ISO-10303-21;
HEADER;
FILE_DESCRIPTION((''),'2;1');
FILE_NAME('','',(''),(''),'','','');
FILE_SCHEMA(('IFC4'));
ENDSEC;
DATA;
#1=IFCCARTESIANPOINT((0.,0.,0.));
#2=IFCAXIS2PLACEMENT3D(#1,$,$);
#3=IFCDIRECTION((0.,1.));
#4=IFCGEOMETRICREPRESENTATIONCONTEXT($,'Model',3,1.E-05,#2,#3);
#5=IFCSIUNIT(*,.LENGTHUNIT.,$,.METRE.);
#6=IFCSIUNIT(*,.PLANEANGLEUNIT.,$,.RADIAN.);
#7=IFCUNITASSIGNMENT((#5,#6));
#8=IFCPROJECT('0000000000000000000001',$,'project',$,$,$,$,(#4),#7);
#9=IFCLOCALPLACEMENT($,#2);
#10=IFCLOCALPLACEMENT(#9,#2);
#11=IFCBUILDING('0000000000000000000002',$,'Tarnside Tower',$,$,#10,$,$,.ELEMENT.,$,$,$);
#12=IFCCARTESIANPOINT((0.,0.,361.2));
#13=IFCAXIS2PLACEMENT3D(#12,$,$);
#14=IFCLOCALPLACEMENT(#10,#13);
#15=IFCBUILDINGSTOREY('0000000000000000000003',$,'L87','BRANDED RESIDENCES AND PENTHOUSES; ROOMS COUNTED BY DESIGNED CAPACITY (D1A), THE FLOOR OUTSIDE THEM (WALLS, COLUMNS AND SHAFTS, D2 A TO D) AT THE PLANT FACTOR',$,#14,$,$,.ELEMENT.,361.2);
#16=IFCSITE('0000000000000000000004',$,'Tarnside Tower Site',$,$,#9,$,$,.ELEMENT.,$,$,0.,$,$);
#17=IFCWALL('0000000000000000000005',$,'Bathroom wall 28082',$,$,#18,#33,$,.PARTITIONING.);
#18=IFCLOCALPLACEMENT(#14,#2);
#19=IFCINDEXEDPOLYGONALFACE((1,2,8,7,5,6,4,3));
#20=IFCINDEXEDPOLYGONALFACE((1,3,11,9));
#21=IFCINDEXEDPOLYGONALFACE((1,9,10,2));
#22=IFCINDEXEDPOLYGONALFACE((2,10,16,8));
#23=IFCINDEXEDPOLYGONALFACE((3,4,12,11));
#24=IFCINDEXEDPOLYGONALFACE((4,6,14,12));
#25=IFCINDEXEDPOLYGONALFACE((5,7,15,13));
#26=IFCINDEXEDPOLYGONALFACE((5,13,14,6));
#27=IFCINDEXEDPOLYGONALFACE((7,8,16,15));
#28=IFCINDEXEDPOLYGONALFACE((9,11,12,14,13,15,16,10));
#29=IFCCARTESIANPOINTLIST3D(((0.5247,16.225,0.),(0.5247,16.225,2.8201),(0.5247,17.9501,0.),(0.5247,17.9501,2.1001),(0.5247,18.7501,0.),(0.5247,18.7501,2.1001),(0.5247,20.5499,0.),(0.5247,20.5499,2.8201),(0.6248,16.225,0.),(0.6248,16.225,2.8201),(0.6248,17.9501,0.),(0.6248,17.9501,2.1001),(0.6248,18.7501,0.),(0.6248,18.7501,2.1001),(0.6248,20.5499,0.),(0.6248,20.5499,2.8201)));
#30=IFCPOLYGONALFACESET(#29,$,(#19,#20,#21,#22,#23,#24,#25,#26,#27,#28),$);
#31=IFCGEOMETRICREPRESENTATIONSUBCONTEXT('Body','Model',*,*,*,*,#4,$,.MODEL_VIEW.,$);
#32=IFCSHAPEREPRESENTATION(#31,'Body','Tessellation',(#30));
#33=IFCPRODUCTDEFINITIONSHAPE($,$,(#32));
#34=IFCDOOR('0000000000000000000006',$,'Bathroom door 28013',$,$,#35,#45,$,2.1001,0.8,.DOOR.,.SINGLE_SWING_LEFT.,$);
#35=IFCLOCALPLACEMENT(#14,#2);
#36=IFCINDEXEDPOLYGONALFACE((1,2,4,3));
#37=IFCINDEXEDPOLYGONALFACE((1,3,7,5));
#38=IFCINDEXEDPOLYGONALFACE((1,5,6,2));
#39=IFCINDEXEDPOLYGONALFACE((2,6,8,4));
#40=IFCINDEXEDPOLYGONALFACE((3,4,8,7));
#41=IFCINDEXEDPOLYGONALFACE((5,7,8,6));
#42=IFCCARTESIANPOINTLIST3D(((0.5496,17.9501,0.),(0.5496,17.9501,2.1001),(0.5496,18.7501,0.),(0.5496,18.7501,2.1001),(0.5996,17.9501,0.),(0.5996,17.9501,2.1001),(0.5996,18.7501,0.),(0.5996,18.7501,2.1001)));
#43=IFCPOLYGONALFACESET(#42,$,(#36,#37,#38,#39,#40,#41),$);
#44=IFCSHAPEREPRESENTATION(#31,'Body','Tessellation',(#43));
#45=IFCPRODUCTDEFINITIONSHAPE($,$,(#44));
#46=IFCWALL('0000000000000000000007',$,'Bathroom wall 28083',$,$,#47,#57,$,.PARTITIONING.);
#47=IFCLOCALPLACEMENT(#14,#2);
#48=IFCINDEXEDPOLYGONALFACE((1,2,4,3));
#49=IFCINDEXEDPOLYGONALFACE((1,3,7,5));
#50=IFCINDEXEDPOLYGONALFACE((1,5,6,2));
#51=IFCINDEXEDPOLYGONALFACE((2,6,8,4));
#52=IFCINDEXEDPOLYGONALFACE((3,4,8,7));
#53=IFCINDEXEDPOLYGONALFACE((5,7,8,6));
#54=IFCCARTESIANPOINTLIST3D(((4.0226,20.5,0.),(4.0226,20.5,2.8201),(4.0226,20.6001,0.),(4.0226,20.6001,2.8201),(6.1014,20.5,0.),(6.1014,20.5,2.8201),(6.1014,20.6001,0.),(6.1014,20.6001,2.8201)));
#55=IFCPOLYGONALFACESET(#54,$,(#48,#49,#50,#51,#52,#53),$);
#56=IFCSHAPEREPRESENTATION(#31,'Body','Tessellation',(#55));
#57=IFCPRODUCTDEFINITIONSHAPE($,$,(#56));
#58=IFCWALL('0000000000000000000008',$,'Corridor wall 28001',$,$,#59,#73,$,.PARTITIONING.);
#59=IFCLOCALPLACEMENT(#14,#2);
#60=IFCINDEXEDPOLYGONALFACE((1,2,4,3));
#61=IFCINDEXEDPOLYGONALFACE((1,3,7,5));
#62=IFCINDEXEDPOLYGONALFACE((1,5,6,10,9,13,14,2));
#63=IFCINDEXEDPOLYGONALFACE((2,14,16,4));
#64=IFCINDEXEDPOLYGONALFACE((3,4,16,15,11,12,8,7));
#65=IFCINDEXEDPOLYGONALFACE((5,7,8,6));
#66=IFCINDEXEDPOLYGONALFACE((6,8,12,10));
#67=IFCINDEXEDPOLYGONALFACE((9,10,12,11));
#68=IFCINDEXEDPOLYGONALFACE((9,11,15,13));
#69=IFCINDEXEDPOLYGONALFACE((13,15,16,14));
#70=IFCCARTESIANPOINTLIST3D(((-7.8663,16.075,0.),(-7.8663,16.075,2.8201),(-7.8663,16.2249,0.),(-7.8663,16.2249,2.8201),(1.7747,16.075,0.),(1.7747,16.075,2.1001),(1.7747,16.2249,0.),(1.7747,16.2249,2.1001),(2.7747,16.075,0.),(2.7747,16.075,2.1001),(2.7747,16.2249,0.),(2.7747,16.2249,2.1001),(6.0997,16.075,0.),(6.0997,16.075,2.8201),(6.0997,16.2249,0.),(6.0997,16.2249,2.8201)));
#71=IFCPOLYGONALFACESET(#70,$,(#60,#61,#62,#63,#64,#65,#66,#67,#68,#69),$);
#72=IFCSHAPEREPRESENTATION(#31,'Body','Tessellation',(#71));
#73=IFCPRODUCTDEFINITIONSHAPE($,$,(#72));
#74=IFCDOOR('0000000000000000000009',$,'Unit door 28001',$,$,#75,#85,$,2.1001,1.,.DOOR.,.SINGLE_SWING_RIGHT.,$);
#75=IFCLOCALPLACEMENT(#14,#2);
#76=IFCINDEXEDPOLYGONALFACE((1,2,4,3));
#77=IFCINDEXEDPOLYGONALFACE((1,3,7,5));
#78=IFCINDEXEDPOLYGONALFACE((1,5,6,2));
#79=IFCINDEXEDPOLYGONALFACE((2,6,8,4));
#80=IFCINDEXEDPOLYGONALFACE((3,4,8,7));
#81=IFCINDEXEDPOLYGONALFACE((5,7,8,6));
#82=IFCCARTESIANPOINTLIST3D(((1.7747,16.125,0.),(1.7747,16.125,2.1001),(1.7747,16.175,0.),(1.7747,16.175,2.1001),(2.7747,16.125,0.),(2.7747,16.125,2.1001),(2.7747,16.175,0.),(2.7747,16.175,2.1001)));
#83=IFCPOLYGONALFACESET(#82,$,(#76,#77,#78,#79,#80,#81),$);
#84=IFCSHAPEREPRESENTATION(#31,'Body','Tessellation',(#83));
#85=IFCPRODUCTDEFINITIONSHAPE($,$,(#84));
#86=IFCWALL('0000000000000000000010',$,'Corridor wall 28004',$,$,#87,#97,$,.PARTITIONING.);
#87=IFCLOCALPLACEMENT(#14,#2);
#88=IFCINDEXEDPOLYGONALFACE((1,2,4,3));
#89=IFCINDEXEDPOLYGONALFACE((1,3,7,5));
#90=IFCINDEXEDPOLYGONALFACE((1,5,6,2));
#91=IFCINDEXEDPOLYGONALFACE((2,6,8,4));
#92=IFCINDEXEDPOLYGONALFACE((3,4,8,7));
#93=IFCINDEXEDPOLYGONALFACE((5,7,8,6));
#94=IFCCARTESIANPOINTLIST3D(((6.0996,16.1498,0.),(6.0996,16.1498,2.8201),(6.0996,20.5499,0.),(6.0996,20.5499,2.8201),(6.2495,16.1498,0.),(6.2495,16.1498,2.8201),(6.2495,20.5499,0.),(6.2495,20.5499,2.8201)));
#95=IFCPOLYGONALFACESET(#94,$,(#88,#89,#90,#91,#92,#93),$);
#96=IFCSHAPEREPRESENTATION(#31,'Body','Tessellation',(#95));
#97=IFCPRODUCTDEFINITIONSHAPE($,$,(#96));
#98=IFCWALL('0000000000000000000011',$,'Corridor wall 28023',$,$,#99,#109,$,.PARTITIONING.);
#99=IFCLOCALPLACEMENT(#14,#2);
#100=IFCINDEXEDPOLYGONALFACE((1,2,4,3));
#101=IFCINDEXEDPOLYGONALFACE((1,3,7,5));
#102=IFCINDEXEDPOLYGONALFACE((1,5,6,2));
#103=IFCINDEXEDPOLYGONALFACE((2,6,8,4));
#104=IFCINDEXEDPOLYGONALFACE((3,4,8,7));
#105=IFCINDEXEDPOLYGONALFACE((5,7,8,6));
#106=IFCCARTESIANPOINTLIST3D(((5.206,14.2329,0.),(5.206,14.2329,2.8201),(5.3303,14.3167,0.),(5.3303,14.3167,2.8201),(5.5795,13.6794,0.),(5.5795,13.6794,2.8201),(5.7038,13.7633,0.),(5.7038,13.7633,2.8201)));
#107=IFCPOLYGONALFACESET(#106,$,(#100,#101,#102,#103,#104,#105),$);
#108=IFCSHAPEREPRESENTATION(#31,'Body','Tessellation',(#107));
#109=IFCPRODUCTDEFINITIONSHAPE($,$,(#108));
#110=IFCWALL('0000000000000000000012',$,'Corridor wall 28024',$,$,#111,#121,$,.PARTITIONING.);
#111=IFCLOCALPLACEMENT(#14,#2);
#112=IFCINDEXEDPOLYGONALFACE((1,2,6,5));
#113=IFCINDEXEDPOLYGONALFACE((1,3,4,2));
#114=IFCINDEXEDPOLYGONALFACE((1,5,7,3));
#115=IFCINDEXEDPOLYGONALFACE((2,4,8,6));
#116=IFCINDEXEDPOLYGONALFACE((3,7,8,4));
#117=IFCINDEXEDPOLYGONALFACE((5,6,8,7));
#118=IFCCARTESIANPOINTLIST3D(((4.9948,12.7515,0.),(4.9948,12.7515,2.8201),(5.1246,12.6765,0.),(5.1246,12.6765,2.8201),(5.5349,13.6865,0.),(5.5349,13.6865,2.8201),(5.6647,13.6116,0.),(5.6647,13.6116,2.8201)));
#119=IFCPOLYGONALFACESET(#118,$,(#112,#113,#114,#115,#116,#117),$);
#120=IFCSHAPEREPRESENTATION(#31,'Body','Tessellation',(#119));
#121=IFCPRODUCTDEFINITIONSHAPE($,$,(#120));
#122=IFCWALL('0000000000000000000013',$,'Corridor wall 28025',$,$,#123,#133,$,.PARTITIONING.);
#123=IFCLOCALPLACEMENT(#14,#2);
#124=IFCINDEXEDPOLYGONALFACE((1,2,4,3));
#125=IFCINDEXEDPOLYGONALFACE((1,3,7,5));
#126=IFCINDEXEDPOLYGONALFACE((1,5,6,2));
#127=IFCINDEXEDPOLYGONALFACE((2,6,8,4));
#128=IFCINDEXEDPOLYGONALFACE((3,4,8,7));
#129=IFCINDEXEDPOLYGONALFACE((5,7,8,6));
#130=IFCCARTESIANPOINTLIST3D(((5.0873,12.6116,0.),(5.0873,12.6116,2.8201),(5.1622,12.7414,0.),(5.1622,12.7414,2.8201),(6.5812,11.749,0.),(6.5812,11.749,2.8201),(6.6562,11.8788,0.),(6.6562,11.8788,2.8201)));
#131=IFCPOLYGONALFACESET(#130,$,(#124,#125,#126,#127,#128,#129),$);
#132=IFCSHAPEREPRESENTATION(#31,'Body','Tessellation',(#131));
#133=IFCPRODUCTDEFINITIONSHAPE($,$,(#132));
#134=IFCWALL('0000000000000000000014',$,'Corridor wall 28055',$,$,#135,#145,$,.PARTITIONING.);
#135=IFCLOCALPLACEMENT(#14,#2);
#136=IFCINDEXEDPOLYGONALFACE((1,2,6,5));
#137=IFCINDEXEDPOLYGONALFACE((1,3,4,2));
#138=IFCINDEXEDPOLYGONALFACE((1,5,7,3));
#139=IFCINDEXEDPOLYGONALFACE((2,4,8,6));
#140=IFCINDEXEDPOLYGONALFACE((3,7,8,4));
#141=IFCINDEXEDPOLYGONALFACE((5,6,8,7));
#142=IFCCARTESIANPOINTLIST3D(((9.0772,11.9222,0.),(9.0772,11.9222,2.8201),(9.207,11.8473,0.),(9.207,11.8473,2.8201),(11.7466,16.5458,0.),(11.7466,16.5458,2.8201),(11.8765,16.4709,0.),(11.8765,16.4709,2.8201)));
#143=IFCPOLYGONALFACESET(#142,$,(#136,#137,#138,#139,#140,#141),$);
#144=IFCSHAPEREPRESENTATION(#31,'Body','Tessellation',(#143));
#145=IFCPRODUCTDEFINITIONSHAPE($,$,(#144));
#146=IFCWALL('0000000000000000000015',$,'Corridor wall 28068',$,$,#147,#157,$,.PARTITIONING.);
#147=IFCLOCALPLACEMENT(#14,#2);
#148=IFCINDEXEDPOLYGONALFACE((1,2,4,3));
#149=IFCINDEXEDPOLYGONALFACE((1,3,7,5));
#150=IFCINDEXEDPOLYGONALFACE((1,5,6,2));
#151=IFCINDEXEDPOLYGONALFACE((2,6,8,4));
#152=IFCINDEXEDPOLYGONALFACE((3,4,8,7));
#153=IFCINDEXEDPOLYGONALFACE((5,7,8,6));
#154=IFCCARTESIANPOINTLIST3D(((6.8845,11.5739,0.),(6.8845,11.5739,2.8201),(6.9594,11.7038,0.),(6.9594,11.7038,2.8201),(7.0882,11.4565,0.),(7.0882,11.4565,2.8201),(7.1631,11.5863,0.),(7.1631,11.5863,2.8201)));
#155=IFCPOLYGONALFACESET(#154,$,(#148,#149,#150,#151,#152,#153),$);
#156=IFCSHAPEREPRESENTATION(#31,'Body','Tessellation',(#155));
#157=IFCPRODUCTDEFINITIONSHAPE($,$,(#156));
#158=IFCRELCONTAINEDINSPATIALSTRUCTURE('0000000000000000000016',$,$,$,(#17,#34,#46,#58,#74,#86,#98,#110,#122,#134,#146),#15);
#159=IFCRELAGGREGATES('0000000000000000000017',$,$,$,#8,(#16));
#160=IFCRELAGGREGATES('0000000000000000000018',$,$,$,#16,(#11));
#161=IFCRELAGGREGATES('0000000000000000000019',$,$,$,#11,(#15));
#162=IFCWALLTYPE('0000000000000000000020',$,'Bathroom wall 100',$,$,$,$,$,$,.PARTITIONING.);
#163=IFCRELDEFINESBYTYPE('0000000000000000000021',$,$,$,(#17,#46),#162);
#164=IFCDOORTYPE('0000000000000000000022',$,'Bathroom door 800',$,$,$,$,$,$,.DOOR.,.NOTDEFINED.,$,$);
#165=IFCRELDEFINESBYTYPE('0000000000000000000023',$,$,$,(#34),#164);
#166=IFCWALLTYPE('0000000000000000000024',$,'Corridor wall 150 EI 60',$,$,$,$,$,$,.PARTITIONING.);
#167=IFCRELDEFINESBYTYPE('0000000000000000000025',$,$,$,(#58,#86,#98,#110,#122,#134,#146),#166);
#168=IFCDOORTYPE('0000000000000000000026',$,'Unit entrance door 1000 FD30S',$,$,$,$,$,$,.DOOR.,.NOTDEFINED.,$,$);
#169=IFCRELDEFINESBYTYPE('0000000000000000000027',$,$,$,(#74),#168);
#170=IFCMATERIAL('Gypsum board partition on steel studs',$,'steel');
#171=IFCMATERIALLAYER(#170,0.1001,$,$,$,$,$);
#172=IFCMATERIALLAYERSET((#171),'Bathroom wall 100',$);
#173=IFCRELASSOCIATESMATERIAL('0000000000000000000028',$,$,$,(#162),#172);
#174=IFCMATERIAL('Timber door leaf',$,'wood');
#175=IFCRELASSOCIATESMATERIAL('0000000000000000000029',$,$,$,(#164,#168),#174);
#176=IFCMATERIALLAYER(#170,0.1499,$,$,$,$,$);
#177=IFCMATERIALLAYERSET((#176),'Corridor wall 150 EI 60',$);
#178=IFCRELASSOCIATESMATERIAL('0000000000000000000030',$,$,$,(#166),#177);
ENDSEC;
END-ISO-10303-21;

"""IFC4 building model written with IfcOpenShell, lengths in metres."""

from ifc_helpers import new_model, si_unit, direction, frame, frame_2d, origin, place, context, subcontext, project, spatial, rectangle, extrude, material, layer, layer_set, type_object, element, fill, save


model = new_model("IFC4")

# Units and contexts
model_context = context("Model", 3, precision=1e-05, world=origin(), true_north=direction((0.0, 1.0)))
body_context = subcontext(model_context, "Body", "Model", "MODEL_VIEW")
ifc_project = project(units=[si_unit("LENGTHUNIT", "METRE"), si_unit("PLANEANGLEUNIT", "RADIAN")], contexts=[model_context])

# Site, building, storey
site_placement = place(None, origin())
site = spatial("IfcSite", under=ifc_project, at=site_placement, Name="Tarnside Tower Site", CompositionType="ELEMENT", RefElevation=0.0)
building_placement = place(site_placement, origin())
building = spatial("IfcBuilding", under=site, at=building_placement, Name="Tarnside Tower", CompositionType="ELEMENT")
storey_placement = place(building_placement, frame((0.0, 0.0, 361.2)))
storey = spatial("IfcBuildingStorey", under=building, at=storey_placement, Name="L87", Description="BRANDED RESIDENCES AND PENTHOUSES; ROOMS COUNTED BY DESIGNED CAPACITY (D1A), THE FLOOR OUTSIDE THEM (WALLS, COLUMNS AND SHAFTS, D2 A TO D) AT THE PLANT FACTOR", CompositionType="ELEMENT", Elevation=361.2)

# Wall, opening, door
ifc_material_1 = material(Name="Gypsum board partition on steel studs", Category="steel")
ifc_layer_1 = layer(ifc_material_1, 0.1001)
ifc_layer_set_1 = layer_set([ifc_layer_1], Name="Bathroom wall 100")
wall_type_1 = type_object("IfcWallType", Name="Bathroom wall 100", PredefinedType="PARTITIONING", material=ifc_layer_set_1)
ifc_material_2 = material(Name="Timber door leaf", Category="wood")
door_type_1 = type_object("IfcDoorType", Name="Bathroom door 800", OperationType="NOTDEFINED", PredefinedType="DOOR", material=ifc_material_2)
wall_1_placement = place(storey_placement, frame((0.5747, 20.55, 0.0), z_axis=(0.0, 0.0, 1.0), x_axis=(0.0, -1.0, 0.0)))
wall_1 = element("IfcWall", 1, at=wall_1_placement, inside=storey, type_object=wall_type_1, Name="Bathroom wall 28082", PredefinedType="PARTITIONING", context=body_context, shape_type="SweptSolid", body=[
    extrude(rectangle(XDim=4.325, YDim=0.1001, at=frame_2d((2.1626, 0.0))), origin(), (0.0, 0.0, 1.0), 2.8201),
])
opening_1_placement = place(wall_1_placement, frame((1.8, 0.0, 0.0)))
opening_1 = element("IfcOpeningElement", 2, at=opening_1_placement, cuts=wall_1, PredefinedType="OPENING", context=body_context, shape_type="SweptSolid", body=[
    extrude(rectangle(XDim=0.8, YDim=2.1001, at=frame_2d((0.3999, 1.05))), frame((0.0, 0.0601, 0.0), z_axis=(0.0, -1.0, 0.0), x_axis=(1.0, 0.0, 0.0)), (0.0, 0.0, 1.0), 0.1201),
])
door_1_placement = place(opening_1_placement, origin())
door_1 = element("IfcDoor", 3, at=door_1_placement, inside=storey, type_object=door_type_1, Name="Bathroom door 28013", OperationType="SINGLE_SWING_LEFT", OverallHeight=2.1001, OverallWidth=0.8, PredefinedType="DOOR", context=body_context, shape_type="SweptSolid", body=[
    extrude(rectangle(XDim=0.8, YDim=2.1001, at=frame_2d((0.3999, 1.05))), frame((0.0, 0.0249, 0.0), z_axis=(0.0, -1.0, 0.0), x_axis=(1.0, 0.0, 0.0)), (0.0, 0.0, 1.0), 0.05),
])
fill(opening_1, door_1)

# Wall
wall_2_placement = place(storey_placement, frame((6.1016, 20.55, 0.0), z_axis=(0.0, 0.0, 1.0), x_axis=(-1.0, 0.0, 0.0)))
element("IfcWall", 4, at=wall_2_placement, inside=storey, type_object=wall_type_1, Name="Bathroom wall 28083", PredefinedType="PARTITIONING", context=body_context, shape_type="SweptSolid", body=[
    extrude(rectangle(XDim=2.0789, YDim=0.1001, at=frame_2d((1.0396, 0.0))), origin(), (0.0, 0.0, 1.0), 2.8201),
])

# Wall, opening, door
ifc_layer_2 = layer(ifc_material_1, 0.1499)
ifc_layer_set_2 = layer_set([ifc_layer_2], Name="Corridor wall 150 EI 60")
wall_type_2 = type_object("IfcWallType", Name="Corridor wall 150 EI 60", PredefinedType="PARTITIONING", material=ifc_layer_set_2)
wall_3_placement = place(storey_placement, frame((6.0996, 16.1499, 0.0), z_axis=(0.0, 0.0, 1.0), x_axis=(-1.0, 0.0, 0.0)))
wall_3 = element("IfcWall", 5, at=wall_3_placement, inside=storey, type_object=wall_type_2, Name="Corridor wall 28001", PredefinedType="PARTITIONING", context=body_context, shape_type="SweptSolid", body=[
    extrude(rectangle(XDim=13.9661, YDim=0.1499, at=frame_2d((6.9829, 0.0))), origin(), (0.0, 0.0, 1.0), 2.8201),
])
opening_2_placement = place(wall_3_placement, frame((3.325, 0.0, 0.0)))
opening_2 = element("IfcOpeningElement", 6, at=opening_2_placement, cuts=wall_3, PredefinedType="OPENING", context=body_context, shape_type="SweptSolid", body=[
    extrude(rectangle(XDim=1.0, YDim=2.1001, at=frame_2d((0.5, 1.05))), frame((0.0, 0.085, 0.0), z_axis=(0.0, -1.0, 0.0), x_axis=(1.0, 0.0, 0.0)), (0.0, 0.0, 1.0), 0.1699),
])
door_type_2 = type_object("IfcDoorType", Name="Unit entrance door 1000 FD30S", OperationType="NOTDEFINED", PredefinedType="DOOR", material=ifc_material_2)
door_2_placement = place(opening_2_placement, origin())
door_2 = element("IfcDoor", 7, at=door_2_placement, inside=storey, type_object=door_type_2, Name="Unit door 28001", OperationType="SINGLE_SWING_RIGHT", OverallHeight=2.1001, OverallWidth=1.0, PredefinedType="DOOR", context=body_context, shape_type="SweptSolid", body=[
    extrude(rectangle(XDim=1.0, YDim=2.1001, at=frame_2d((0.5, 1.05))), frame((0.0, 0.0249, 0.0), z_axis=(0.0, -1.0, 0.0), x_axis=(1.0, 0.0, 0.0)), (0.0, 0.0, 1.0), 0.05),
])
fill(opening_2, door_2)

# Walls
wall_4_placement = place(storey_placement, frame((6.1746, 20.55, 0.0), z_axis=(0.0, 0.0, 1.0), x_axis=(0.0, -1.0, 0.0)))
element("IfcWall", 8, at=wall_4_placement, inside=storey, type_object=wall_type_2, Name="Corridor wall 28004", PredefinedType="PARTITIONING", context=body_context, shape_type="SweptSolid", body=[
    extrude(rectangle(XDim=4.4001, YDim=0.1499, at=frame_2d((2.2002, 0.0))), origin(), (0.0, 0.0, 1.0), 2.8201),
])
wall_5_placement = place(storey_placement, frame((5.2681, 14.2749, 0.0), z_axis=(0.0, 0.0, 1.0), x_axis=(0.559416, -0.828887, 0.0)))
element("IfcWall", 9, at=wall_5_placement, inside=storey, type_object=wall_type_2, Name="Corridor wall 28023", PredefinedType="PARTITIONING", context=body_context, shape_type="SweptSolid", body=[
    extrude(rectangle(XDim=0.6677, YDim=0.1499, at=frame_2d((0.334, 0.0))), origin(), (0.0, 0.0, 1.0), 2.8201),
])
wall_6_placement = place(storey_placement, frame((5.5999, 13.6492, 0.0), z_axis=(0.0, 0.0, 1.0), x_axis=(-0.500127, -0.865952, 0.0)))
element("IfcWall", 10, at=wall_6_placement, inside=storey, type_object=wall_type_2, Name="Corridor wall 28024", PredefinedType="PARTITIONING", context=body_context, shape_type="SweptSolid", body=[
    extrude(rectangle(XDim=1.0798, YDim=0.1499, at=frame_2d((0.54, 0.0))), origin(), (0.0, 0.0, 1.0), 2.8201),
])
wall_7_placement = place(storey_placement, frame((5.1248, 12.6765, 0.0), z_axis=(0.0, 0.0, 1.0), x_axis=(0.866014, -0.500021, 0.0)))
element("IfcWall", 11, at=wall_7_placement, inside=storey, type_object=wall_type_2, Name="Corridor wall 28025", PredefinedType="PARTITIONING", context=body_context, shape_type="SweptSolid", body=[
    extrude(rectangle(XDim=1.7251, YDim=0.1499, at=frame_2d((0.8625, 0.0))), origin(), (0.0, 0.0, 1.0), 2.8201),
])
wall_8_placement = place(storey_placement, frame((9.1421, 11.8848, 0.0), z_axis=(0.0, 0.0, 1.0), x_axis=(0.500005, 0.866023, 0.0)))
element("IfcWall", 12, at=wall_8_placement, inside=storey, type_object=wall_type_2, Name="Corridor wall 28055", PredefinedType="PARTITIONING", context=body_context, shape_type="SweptSolid", body=[
    extrude(rectangle(XDim=5.3389, YDim=0.1499, at=frame_2d((2.6694, 0.0))), origin(), (0.0, 0.0, 1.0), 2.8201),
])
wall_9_placement = place(storey_placement, frame((6.9219, 11.6389, 0.0), z_axis=(0.0, 0.0, 1.0), x_axis=(0.866255, -0.499603, 0.0)))
element("IfcWall", 13, at=wall_9_placement, inside=storey, type_object=wall_type_2, Name="Corridor wall 28068", PredefinedType="PARTITIONING", context=body_context, shape_type="SweptSolid", body=[
    extrude(rectangle(XDim=0.2351, YDim=0.1499, at=frame_2d((0.1177, 0.0))), origin(), (0.0, 0.0, 1.0), 2.8201),
])

save(model, "model.ifc")
